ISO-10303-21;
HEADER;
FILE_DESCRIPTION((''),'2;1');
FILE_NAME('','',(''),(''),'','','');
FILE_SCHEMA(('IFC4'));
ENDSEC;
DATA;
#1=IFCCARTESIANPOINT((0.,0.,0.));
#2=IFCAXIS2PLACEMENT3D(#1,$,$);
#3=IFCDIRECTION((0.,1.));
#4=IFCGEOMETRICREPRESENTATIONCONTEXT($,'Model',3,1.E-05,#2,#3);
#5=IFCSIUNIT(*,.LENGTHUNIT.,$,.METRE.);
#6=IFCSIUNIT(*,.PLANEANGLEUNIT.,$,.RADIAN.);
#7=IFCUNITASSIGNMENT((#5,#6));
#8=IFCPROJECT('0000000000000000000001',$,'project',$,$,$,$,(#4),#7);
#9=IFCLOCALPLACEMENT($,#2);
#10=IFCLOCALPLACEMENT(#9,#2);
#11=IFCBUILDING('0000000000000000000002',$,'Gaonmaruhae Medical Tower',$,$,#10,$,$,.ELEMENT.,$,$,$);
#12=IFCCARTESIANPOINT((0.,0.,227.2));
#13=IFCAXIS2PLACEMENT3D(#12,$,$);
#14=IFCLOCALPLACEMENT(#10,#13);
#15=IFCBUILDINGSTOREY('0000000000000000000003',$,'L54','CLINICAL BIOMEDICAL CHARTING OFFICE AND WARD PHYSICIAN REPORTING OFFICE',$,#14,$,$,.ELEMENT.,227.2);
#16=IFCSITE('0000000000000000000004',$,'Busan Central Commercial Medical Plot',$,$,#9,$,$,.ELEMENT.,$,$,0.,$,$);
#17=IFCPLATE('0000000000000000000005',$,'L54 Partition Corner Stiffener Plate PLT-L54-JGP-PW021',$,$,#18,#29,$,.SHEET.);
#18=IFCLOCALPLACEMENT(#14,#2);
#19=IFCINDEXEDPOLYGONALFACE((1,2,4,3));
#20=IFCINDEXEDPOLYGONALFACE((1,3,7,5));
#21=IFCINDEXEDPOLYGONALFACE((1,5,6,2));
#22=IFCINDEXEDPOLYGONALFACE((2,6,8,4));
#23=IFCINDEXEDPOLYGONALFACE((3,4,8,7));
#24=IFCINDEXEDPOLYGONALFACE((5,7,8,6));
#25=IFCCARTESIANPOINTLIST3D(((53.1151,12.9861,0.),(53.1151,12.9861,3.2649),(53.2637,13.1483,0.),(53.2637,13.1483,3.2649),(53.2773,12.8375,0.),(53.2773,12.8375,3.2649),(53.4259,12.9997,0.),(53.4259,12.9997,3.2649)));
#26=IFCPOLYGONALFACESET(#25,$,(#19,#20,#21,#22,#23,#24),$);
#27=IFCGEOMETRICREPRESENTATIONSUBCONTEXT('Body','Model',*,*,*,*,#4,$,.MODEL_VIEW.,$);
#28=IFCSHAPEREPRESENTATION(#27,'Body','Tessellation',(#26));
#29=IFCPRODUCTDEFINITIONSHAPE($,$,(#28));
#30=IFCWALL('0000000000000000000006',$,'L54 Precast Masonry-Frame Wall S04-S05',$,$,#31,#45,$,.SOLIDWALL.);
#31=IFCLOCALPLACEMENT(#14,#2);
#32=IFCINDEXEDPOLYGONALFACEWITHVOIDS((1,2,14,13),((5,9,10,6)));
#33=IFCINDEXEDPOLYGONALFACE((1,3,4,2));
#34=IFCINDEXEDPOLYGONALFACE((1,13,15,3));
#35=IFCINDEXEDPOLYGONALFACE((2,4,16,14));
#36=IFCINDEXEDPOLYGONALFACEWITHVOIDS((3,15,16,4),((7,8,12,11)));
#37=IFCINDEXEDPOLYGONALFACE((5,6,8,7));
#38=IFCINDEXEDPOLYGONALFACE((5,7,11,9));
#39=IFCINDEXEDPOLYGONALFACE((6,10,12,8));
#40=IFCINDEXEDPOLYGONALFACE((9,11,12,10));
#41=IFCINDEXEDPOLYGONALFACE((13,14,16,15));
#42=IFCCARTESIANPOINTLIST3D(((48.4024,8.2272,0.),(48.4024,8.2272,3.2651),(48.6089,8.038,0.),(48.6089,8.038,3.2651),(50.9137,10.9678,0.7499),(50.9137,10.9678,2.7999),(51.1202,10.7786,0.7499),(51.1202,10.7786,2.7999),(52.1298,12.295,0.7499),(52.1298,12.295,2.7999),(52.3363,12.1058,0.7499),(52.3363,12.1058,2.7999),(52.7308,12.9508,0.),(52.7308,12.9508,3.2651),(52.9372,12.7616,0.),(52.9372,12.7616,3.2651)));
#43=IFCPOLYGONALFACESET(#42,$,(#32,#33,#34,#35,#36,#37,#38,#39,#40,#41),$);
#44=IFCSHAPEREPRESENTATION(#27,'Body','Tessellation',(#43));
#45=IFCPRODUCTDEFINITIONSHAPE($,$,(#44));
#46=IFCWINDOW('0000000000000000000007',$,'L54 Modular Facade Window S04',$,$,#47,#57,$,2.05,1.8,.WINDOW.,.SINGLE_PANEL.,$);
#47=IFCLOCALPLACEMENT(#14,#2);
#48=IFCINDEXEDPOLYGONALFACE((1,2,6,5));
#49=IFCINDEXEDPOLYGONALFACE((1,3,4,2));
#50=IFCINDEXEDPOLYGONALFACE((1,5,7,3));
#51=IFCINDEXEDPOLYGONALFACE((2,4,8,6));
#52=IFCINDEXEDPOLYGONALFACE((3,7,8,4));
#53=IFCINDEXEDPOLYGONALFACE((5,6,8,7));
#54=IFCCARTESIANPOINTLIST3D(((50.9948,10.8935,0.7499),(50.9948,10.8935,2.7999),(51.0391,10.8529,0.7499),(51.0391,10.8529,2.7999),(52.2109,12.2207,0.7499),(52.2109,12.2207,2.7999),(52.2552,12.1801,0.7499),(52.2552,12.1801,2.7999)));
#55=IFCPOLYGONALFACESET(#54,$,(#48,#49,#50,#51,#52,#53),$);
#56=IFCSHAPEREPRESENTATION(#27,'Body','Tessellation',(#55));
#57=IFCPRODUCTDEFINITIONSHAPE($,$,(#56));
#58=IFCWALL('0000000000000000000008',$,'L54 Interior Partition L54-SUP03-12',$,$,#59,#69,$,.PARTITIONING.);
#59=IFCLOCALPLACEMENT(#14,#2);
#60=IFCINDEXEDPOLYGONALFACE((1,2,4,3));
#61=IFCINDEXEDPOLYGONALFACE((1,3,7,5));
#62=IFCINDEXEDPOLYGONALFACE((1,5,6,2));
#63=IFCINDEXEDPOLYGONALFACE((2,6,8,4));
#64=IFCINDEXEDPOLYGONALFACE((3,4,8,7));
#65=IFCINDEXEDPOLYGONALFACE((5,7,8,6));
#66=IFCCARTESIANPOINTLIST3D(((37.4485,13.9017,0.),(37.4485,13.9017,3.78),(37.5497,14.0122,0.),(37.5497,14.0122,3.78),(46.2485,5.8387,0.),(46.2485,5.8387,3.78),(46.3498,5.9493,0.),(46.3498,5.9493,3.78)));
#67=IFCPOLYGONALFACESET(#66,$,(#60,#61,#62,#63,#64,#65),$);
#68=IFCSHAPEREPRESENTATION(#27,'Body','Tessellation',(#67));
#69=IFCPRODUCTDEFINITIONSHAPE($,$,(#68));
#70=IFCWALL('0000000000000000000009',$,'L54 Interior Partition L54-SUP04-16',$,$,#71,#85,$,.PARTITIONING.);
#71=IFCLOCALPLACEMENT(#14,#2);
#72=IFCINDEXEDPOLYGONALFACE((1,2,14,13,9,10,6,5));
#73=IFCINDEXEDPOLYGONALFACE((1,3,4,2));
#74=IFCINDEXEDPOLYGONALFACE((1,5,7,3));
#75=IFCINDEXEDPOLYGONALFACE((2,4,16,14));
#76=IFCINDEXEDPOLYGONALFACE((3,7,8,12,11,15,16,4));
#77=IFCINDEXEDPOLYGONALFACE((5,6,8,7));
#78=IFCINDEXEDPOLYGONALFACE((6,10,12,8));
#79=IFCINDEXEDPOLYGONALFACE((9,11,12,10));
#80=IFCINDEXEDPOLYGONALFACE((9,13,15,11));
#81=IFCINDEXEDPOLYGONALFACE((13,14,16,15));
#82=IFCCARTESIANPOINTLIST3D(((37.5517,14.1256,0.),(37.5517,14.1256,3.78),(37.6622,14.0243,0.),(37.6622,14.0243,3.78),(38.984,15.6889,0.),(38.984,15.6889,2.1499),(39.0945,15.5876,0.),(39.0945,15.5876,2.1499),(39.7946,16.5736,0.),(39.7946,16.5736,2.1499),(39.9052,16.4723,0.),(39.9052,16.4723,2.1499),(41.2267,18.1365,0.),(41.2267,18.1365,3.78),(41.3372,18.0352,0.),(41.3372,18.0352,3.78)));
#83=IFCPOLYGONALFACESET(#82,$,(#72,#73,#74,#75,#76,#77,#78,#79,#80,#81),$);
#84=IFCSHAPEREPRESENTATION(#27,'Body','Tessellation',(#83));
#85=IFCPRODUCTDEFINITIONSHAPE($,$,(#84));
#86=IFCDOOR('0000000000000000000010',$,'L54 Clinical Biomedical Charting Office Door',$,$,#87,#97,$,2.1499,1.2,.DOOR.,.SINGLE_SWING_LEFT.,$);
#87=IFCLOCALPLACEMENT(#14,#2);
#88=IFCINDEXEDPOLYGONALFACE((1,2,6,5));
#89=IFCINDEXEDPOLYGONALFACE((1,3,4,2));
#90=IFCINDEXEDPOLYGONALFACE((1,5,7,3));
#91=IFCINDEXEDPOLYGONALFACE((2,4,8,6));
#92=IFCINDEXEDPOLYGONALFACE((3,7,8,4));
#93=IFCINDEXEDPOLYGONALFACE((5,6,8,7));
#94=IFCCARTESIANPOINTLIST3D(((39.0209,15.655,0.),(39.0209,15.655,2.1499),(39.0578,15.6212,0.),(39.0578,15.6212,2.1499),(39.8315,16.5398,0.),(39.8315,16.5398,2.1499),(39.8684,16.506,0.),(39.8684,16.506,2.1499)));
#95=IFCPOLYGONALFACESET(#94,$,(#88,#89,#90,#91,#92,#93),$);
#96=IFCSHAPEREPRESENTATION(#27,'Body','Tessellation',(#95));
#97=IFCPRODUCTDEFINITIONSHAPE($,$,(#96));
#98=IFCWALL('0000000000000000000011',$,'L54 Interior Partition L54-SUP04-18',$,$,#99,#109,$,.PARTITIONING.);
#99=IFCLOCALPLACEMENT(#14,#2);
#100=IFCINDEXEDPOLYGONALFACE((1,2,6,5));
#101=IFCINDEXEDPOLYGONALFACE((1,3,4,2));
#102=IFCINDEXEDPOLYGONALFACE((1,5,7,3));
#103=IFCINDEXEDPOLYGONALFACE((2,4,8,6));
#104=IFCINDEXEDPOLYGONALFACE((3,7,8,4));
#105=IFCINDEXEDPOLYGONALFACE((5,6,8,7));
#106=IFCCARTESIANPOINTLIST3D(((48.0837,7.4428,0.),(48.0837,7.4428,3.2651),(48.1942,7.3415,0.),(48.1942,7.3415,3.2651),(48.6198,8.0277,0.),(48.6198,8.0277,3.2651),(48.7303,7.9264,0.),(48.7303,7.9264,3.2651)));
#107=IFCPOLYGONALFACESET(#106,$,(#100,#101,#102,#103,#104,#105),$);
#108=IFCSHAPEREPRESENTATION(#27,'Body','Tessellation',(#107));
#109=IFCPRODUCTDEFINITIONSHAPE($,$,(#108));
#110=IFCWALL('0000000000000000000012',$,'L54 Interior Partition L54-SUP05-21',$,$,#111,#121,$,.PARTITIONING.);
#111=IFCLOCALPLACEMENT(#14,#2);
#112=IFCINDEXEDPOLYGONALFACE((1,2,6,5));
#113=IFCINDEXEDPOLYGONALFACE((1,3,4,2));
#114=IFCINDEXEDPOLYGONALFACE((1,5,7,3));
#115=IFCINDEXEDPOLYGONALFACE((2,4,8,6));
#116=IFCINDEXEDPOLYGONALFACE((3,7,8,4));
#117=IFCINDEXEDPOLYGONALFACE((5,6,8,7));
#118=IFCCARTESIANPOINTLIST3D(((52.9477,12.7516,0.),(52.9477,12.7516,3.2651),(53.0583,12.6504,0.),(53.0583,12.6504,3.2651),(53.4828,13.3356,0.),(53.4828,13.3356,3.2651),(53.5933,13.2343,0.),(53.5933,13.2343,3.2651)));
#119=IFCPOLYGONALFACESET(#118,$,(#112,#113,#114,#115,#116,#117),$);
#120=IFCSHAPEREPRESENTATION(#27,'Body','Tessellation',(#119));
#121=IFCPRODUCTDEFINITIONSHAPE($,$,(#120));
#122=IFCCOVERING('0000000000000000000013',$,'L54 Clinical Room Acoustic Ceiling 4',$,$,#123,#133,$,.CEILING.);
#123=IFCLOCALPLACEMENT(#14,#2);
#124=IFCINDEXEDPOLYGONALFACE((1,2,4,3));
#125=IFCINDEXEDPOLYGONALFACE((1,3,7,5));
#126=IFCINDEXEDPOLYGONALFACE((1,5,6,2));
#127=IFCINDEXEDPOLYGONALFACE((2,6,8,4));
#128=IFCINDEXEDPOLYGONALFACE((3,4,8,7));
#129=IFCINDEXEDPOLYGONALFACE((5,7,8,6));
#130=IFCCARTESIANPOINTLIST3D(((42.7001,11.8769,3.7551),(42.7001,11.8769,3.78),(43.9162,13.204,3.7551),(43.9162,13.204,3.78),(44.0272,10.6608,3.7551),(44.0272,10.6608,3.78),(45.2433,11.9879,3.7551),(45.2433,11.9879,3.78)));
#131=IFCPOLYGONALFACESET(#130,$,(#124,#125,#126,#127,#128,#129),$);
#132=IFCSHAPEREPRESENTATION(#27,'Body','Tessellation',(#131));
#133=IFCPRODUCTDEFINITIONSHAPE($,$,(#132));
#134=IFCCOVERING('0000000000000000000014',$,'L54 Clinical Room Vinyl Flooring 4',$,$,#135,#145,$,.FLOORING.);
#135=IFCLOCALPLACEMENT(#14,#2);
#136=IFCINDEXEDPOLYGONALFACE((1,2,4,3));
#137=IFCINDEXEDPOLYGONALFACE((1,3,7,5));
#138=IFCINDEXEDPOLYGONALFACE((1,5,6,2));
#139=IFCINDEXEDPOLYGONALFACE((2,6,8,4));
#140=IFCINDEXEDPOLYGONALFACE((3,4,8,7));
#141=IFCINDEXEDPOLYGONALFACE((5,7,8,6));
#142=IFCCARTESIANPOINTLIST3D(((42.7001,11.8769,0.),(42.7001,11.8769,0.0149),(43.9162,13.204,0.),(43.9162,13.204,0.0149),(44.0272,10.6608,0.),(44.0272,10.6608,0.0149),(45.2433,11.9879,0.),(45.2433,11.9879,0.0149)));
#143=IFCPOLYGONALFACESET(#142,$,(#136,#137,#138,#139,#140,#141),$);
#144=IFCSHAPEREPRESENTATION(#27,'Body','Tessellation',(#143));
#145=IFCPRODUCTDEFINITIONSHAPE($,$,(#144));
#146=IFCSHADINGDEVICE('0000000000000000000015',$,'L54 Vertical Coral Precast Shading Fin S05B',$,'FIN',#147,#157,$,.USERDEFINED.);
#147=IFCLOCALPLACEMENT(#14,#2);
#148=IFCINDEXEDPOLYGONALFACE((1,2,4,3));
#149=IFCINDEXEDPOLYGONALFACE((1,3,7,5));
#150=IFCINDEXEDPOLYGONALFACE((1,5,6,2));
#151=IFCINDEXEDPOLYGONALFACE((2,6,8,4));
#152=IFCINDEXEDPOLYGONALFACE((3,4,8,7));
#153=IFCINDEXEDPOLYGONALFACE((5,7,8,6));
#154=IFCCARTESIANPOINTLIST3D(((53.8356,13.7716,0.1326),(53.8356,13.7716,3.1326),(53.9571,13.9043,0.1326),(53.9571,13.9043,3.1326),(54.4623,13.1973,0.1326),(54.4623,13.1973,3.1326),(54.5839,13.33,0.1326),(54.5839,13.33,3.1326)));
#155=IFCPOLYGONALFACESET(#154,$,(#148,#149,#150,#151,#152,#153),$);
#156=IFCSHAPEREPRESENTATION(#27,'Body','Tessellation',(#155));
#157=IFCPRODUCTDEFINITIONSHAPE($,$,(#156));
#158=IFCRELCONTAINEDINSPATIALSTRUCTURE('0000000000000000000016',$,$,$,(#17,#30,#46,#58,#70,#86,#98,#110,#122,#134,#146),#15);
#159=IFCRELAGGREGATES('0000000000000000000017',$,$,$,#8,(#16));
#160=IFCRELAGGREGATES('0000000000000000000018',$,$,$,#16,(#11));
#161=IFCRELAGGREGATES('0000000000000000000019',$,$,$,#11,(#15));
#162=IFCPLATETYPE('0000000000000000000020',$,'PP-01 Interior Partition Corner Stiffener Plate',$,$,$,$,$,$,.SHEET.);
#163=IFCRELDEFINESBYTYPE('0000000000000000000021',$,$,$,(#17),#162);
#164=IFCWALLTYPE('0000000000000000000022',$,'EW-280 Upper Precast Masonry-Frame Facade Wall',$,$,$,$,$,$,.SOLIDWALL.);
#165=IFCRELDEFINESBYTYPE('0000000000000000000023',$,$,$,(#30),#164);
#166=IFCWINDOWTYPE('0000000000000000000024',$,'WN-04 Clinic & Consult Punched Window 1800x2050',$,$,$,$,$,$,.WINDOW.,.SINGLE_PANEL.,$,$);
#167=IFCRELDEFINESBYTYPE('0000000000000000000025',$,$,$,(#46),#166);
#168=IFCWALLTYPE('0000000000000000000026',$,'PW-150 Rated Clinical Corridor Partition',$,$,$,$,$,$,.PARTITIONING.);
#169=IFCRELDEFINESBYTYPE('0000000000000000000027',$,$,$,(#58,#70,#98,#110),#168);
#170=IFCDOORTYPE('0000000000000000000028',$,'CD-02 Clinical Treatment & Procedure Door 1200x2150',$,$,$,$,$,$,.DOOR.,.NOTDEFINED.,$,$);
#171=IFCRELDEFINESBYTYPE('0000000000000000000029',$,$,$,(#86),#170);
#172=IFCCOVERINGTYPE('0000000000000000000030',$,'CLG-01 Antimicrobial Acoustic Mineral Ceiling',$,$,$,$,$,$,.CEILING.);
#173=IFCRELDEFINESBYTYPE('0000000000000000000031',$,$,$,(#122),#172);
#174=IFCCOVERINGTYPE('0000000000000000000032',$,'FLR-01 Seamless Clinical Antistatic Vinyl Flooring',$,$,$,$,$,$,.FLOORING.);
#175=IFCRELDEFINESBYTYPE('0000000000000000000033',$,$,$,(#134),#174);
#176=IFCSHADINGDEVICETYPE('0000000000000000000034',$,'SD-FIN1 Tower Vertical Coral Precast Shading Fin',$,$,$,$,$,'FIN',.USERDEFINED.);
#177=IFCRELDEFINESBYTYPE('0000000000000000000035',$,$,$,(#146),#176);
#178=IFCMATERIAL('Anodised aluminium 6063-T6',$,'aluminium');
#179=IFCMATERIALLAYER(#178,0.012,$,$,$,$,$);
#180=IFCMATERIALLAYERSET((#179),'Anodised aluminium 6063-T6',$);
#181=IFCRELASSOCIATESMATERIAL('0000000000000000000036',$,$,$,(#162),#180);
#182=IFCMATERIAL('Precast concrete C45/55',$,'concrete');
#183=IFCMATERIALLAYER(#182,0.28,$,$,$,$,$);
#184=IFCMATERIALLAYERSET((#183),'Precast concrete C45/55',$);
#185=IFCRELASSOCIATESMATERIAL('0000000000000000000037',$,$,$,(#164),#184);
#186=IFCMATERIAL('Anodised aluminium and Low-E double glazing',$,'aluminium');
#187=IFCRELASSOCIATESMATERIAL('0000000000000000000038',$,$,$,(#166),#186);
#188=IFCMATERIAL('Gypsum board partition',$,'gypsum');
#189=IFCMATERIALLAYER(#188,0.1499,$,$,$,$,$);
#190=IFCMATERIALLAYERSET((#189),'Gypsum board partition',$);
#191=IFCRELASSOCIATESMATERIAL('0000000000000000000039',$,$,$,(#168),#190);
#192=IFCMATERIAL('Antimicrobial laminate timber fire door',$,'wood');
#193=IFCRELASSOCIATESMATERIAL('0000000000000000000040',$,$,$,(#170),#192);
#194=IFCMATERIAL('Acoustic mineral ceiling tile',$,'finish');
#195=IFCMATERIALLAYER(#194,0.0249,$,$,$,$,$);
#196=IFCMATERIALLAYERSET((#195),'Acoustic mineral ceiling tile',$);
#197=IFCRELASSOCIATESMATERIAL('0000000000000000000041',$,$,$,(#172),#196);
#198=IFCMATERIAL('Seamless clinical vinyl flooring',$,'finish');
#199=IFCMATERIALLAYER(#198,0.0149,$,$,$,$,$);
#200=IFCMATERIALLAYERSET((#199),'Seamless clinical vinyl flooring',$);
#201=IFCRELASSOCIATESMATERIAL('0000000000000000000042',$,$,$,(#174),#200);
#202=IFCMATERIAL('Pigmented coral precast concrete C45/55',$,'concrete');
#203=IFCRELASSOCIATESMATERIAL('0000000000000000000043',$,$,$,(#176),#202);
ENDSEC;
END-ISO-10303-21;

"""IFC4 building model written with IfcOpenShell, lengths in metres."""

from ifc_helpers import new_model, si_unit, direction, frame, frame_2d, origin, origin_2d, place, context, subcontext, project, spatial, rectangle, extrude, material, layer, layer_set, type_object, element, fill, save


model = new_model("IFC4")

# Units and contexts
model_context = context("Model", 3, precision=1e-05, world=origin(), true_north=direction((0.0, 1.0)))
body_context = subcontext(model_context, "Body", "Model", "MODEL_VIEW")
ifc_project = project(units=[si_unit("LENGTHUNIT", "METRE"), si_unit("PLANEANGLEUNIT", "RADIAN")], contexts=[model_context])

# Site, building, storey
site_placement = place(None, origin())
site = spatial("IfcSite", under=ifc_project, at=site_placement, Name="Busan Central Commercial Medical Plot", CompositionType="ELEMENT", RefElevation=0.0)
building_placement = place(site_placement, origin())
building = spatial("IfcBuilding", under=site, at=building_placement, Name="Gaonmaruhae Medical Tower", CompositionType="ELEMENT")
storey_placement = place(building_placement, frame((0.0, 0.0, 227.2)))
storey = spatial("IfcBuildingStorey", under=building, at=storey_placement, Name="L54", Description="CLINICAL BIOMEDICAL CHARTING OFFICE AND WARD PHYSICIAN REPORTING OFFICE", CompositionType="ELEMENT", Elevation=227.2)

# Plate
ifc_material_1 = material(Name="Anodised aluminium 6063-T6", Category="aluminium")
ifc_layer_1 = layer(ifc_material_1, 0.012)
ifc_layer_set_1 = layer_set([ifc_layer_1], Name="Anodised aluminium 6063-T6")
plate_type = type_object("IfcPlateType", Name="PP-01 Interior Partition Corner Stiffener Plate", PredefinedType="SHEET", material=ifc_layer_set_1)
plate_placement = place(storey_placement, frame((53.2705, 12.9929, 0.0), z_axis=(0.0, 0.0, 1.0), x_axis=(-0.6755, -0.73736, 0.0)))
element("IfcPlate", 1, at=plate_placement, inside=storey, type_object=plate_type, Name="L54 Partition Corner Stiffener Plate PLT-L54-JGP-PW021", PredefinedType="SHEET", context=body_context, shape_type="SweptSolid", body=[
    extrude(rectangle(XDim=0.22, YDim=0.22, at=origin_2d()), origin(), (0.0, 0.0, 1.0), 3.2649),
])

# Wall, opening, window
ifc_material_2 = material(Name="Precast concrete C45/55", Category="concrete")
ifc_layer_2 = layer(ifc_material_2, 0.28)
ifc_layer_set_2 = layer_set([ifc_layer_2], Name="Precast concrete C45/55")
wall_type_1 = type_object("IfcWallType", Name="EW-280 Upper Precast Masonry-Frame Facade Wall", PredefinedType="SOLIDWALL", material=ifc_layer_set_2)
wall_1_placement = place(storey_placement, frame((52.834, 12.8562, 0.0), z_axis=(0.0, 0.0, 1.0), x_axis=(-0.675587, -0.737281, 0.0)))
wall_1 = element("IfcWall", 2, at=wall_1_placement, inside=storey, type_object=wall_type_1, Name="L54 Precast Masonry-Frame Wall S04-S05", PredefinedType="SOLIDWALL", context=body_context, shape_type="SweptSolid", body=[
    extrude(rectangle(XDim=6.4067, YDim=0.28, at=frame_2d((3.2034, 0.0))), origin(), (0.0, 0.0, 1.0), 3.2651),
])
opening_1_placement = place(wall_1_placement, frame((0.8896, 0.0, 0.75)))
opening_1 = element("IfcOpeningElement", 3, at=opening_1_placement, cuts=wall_1, PredefinedType="OPENING", context=body_context, shape_type="SweptSolid", body=[
    extrude(rectangle(XDim=1.8, YDim=2.05, at=frame_2d((0.8999, 1.0249))), frame((0.0, 0.1499, 0.0), z_axis=(0.0, -1.0, 0.0), x_axis=(1.0, 0.0, 0.0)), (0.0, 0.0, 1.0), 0.3),
])
ifc_material_3 = material(Name="Anodised aluminium and Low-E double glazing", Category="aluminium")
window_type = type_object("IfcWindowType", Name="WN-04 Clinic & Consult Punched Window 1800x2050", PartitioningType="SINGLE_PANEL", PredefinedType="WINDOW", material=ifc_material_3)
window_placement = place(opening_1_placement, origin())
window = element("IfcWindow", 4, at=window_placement, inside=storey, type_object=window_type, Name="L54 Modular Facade Window S04", OverallHeight=2.05, OverallWidth=1.8, PartitioningType="SINGLE_PANEL", PredefinedType="WINDOW", context=body_context, shape_type="SweptSolid", body=[
    extrude(rectangle(XDim=1.8, YDim=2.05, at=frame_2d((0.8999, 1.0249))), frame((0.0, 0.03, 0.0), z_axis=(0.0, -1.0, 0.0), x_axis=(1.0, 0.0, 0.0)), (0.0, 0.0, 1.0), 0.0601),
])
fill(opening_1, window)

# Shared definitions
ifc_material_4 = material(Name="Gypsum board partition", Category="gypsum")
ifc_layer_3 = layer(ifc_material_4, 0.1499)
ifc_layer_set_3 = layer_set([ifc_layer_3], Name="Gypsum board partition")
wall_type_2 = type_object("IfcWallType", Name="PW-150 Rated Clinical Corridor Partition", PredefinedType="PARTITIONING", material=ifc_layer_set_3)
ifc_material_5 = material(Name="Antimicrobial laminate timber fire door", Category="wood")
door_type = type_object("IfcDoorType", Name="CD-02 Clinical Treatment & Procedure Door 1200x2150", OperationType="NOTDEFINED", PredefinedType="DOOR", material=ifc_material_5)

# Wall
wall_2_placement = place(storey_placement, frame((37.499, 13.957, 0.0), z_axis=(0.0, 0.0, 1.0), x_axis=(0.73731, -0.675555, 0.0)))
element("IfcWall", 5, at=wall_2_placement, inside=storey, type_object=wall_type_2, Name="L54 Interior Partition L54-SUP03-12", PredefinedType="PARTITIONING", context=body_context, shape_type="SweptSolid", body=[
    extrude(rectangle(XDim=11.9353, YDim=0.1499, at=frame_2d((5.9678, 0.0))), origin(), (0.0, 0.0, 1.0), 3.78),
])

# Wall, opening, door
wall_3_placement = place(storey_placement, frame((37.6069, 14.075, 0.0), z_axis=(0.0, 0.0, 1.0), x_axis=(0.675556, 0.737309, 0.0)))
wall_3 = element("IfcWall", 6, at=wall_3_placement, inside=storey, type_object=wall_type_2, Name="L54 Interior Partition L54-SUP04-16", PredefinedType="PARTITIONING", context=body_context, shape_type="SweptSolid", body=[
    extrude(rectangle(XDim=5.4399, YDim=0.1499, at=frame_2d((2.72, 0.0))), origin(), (0.0, 0.0, 1.0), 3.78),
])
opening_2_placement = place(wall_3_placement, frame((2.1201, 0.0, 0.0)))
opening_2 = element("IfcOpeningElement", 7, at=opening_2_placement, cuts=wall_3, PredefinedType="OPENING", context=body_context, shape_type="SweptSolid", body=[
    extrude(rectangle(XDim=1.2, YDim=2.1499, at=frame_2d((0.6001, 1.075))), frame((0.0, 0.085, 0.0), z_axis=(0.0, -1.0, 0.0), x_axis=(1.0, 0.0, 0.0)), (0.0, 0.0, 1.0), 0.1699),
])
door_1_placement = place(opening_2_placement, origin())
door_1 = element("IfcDoor", 8, at=door_1_placement, inside=storey, type_object=door_type, Name="L54 Clinical Biomedical Charting Office Door", OperationType="SINGLE_SWING_LEFT", OverallHeight=2.1499, OverallWidth=1.2, PredefinedType="DOOR", context=body_context, shape_type="SweptSolid", body=[
    extrude(rectangle(XDim=1.2, YDim=2.1499, at=frame_2d((0.6001, 1.075))), frame((0.0, 0.0249, 0.0), z_axis=(0.0, -1.0, 0.0), x_axis=(1.0, 0.0, 0.0)), (0.0, 0.0, 1.0), 0.05),
])
fill(opening_2, door_1)

# Walls
wall_4_placement = place(storey_placement, frame((48.675, 7.9771, 0.0), z_axis=(0.0, 0.0, 1.0), x_axis=(-0.675669, -0.737205, 0.0)))
element("IfcWall", 9, at=wall_4_placement, inside=storey, type_object=wall_type_2, Name="L54 Interior Partition L54-SUP04-18", PredefinedType="PARTITIONING", context=body_context, shape_type="SweptSolid", body=[
    extrude(rectangle(XDim=0.7935, YDim=0.1499, at=frame_2d((0.3967, 0.0))), origin(), (0.0, 0.0, 1.0), 3.2651),
])
wall_5_placement = place(storey_placement, frame((53.5381, 13.2849, 0.0), z_axis=(0.0, 0.0, 1.0), x_axis=(-0.675613, -0.737256, 0.0)))
element("IfcWall", 10, at=wall_5_placement, inside=storey, type_object=wall_type_2, Name="L54 Interior Partition L54-SUP05-21", PredefinedType="PARTITIONING", context=body_context, shape_type="SweptSolid", body=[
    extrude(rectangle(XDim=0.792, YDim=0.1499, at=frame_2d((0.396, 0.0))), origin(), (0.0, 0.0, 1.0), 3.2651),
])

# Coverings
ifc_material_6 = material(Name="Acoustic mineral ceiling tile", Category="finish")
ifc_layer_4 = layer(ifc_material_6, 0.0249)
ifc_layer_set_4 = layer_set([ifc_layer_4], Name="Acoustic mineral ceiling tile")
covering_type_1 = type_object("IfcCoveringType", Name="CLG-01 Antimicrobial Acoustic Mineral Ceiling", PredefinedType="CEILING", material=ifc_layer_set_4)
covering_1_placement = place(storey_placement, frame((43.9717, 11.9324, 3.7551), z_axis=(0.0, 0.0, 1.0), x_axis=(0.67559, 0.737277, 0.0)))
element("IfcCovering", 11, at=covering_1_placement, inside=storey, type_object=covering_type_1, Name="L54 Clinical Room Acoustic Ceiling 4", PredefinedType="CEILING", context=body_context, shape_type="SweptSolid", body=[
    extrude(rectangle(XDim=1.8, YDim=1.8, at=origin_2d()), origin(), (0.0, 0.0, 1.0), 0.0249),
])
ifc_material_7 = material(Name="Seamless clinical vinyl flooring", Category="finish")
ifc_layer_5 = layer(ifc_material_7, 0.0149)
ifc_layer_set_5 = layer_set([ifc_layer_5], Name="Seamless clinical vinyl flooring")
covering_type_2 = type_object("IfcCoveringType", Name="FLR-01 Seamless Clinical Antistatic Vinyl Flooring", PredefinedType="FLOORING", material=ifc_layer_set_5)
covering_2_placement = place(storey_placement, frame((43.9717, 11.9324, 0.0), z_axis=(0.0, 0.0, 1.0), x_axis=(0.67559, 0.737277, 0.0)))
element("IfcCovering", 12, at=covering_2_placement, inside=storey, type_object=covering_type_2, Name="L54 Clinical Room Vinyl Flooring 4", PredefinedType="FLOORING", context=body_context, shape_type="SweptSolid", body=[
    extrude(rectangle(XDim=1.8, YDim=1.8, at=origin_2d()), origin(), (0.0, 0.0, 1.0), 0.0149),
])

# Shading device
ifc_material_8 = material(Name="Pigmented coral precast concrete C45/55", Category="concrete")
shading_device_type = type_object("IfcShadingDeviceType", Name="SD-FIN1 Tower Vertical Coral Precast Shading Fin", ElementType="FIN", PredefinedType="USERDEFINED", material=ifc_material_8)
shading_device_placement = place(storey_placement, frame((54.2097, 13.5508, 0.1326), z_axis=(0.0, 0.0, 1.0), x_axis=(-0.67559, -0.737277, 0.0)))
element("IfcShadingDevice", 13, at=shading_device_placement, inside=storey, type_object=shading_device_type, Name="L54 Vertical Coral Precast Shading Fin S05B", ObjectType="FIN", PredefinedType="USERDEFINED", context=body_context, shape_type="SweptSolid", body=[
    extrude(rectangle(XDim=0.1799, YDim=0.8501, at=origin_2d()), origin(), (0.0, 0.0, 1.0), 3.0),
])

save(model, "model.ifc")
